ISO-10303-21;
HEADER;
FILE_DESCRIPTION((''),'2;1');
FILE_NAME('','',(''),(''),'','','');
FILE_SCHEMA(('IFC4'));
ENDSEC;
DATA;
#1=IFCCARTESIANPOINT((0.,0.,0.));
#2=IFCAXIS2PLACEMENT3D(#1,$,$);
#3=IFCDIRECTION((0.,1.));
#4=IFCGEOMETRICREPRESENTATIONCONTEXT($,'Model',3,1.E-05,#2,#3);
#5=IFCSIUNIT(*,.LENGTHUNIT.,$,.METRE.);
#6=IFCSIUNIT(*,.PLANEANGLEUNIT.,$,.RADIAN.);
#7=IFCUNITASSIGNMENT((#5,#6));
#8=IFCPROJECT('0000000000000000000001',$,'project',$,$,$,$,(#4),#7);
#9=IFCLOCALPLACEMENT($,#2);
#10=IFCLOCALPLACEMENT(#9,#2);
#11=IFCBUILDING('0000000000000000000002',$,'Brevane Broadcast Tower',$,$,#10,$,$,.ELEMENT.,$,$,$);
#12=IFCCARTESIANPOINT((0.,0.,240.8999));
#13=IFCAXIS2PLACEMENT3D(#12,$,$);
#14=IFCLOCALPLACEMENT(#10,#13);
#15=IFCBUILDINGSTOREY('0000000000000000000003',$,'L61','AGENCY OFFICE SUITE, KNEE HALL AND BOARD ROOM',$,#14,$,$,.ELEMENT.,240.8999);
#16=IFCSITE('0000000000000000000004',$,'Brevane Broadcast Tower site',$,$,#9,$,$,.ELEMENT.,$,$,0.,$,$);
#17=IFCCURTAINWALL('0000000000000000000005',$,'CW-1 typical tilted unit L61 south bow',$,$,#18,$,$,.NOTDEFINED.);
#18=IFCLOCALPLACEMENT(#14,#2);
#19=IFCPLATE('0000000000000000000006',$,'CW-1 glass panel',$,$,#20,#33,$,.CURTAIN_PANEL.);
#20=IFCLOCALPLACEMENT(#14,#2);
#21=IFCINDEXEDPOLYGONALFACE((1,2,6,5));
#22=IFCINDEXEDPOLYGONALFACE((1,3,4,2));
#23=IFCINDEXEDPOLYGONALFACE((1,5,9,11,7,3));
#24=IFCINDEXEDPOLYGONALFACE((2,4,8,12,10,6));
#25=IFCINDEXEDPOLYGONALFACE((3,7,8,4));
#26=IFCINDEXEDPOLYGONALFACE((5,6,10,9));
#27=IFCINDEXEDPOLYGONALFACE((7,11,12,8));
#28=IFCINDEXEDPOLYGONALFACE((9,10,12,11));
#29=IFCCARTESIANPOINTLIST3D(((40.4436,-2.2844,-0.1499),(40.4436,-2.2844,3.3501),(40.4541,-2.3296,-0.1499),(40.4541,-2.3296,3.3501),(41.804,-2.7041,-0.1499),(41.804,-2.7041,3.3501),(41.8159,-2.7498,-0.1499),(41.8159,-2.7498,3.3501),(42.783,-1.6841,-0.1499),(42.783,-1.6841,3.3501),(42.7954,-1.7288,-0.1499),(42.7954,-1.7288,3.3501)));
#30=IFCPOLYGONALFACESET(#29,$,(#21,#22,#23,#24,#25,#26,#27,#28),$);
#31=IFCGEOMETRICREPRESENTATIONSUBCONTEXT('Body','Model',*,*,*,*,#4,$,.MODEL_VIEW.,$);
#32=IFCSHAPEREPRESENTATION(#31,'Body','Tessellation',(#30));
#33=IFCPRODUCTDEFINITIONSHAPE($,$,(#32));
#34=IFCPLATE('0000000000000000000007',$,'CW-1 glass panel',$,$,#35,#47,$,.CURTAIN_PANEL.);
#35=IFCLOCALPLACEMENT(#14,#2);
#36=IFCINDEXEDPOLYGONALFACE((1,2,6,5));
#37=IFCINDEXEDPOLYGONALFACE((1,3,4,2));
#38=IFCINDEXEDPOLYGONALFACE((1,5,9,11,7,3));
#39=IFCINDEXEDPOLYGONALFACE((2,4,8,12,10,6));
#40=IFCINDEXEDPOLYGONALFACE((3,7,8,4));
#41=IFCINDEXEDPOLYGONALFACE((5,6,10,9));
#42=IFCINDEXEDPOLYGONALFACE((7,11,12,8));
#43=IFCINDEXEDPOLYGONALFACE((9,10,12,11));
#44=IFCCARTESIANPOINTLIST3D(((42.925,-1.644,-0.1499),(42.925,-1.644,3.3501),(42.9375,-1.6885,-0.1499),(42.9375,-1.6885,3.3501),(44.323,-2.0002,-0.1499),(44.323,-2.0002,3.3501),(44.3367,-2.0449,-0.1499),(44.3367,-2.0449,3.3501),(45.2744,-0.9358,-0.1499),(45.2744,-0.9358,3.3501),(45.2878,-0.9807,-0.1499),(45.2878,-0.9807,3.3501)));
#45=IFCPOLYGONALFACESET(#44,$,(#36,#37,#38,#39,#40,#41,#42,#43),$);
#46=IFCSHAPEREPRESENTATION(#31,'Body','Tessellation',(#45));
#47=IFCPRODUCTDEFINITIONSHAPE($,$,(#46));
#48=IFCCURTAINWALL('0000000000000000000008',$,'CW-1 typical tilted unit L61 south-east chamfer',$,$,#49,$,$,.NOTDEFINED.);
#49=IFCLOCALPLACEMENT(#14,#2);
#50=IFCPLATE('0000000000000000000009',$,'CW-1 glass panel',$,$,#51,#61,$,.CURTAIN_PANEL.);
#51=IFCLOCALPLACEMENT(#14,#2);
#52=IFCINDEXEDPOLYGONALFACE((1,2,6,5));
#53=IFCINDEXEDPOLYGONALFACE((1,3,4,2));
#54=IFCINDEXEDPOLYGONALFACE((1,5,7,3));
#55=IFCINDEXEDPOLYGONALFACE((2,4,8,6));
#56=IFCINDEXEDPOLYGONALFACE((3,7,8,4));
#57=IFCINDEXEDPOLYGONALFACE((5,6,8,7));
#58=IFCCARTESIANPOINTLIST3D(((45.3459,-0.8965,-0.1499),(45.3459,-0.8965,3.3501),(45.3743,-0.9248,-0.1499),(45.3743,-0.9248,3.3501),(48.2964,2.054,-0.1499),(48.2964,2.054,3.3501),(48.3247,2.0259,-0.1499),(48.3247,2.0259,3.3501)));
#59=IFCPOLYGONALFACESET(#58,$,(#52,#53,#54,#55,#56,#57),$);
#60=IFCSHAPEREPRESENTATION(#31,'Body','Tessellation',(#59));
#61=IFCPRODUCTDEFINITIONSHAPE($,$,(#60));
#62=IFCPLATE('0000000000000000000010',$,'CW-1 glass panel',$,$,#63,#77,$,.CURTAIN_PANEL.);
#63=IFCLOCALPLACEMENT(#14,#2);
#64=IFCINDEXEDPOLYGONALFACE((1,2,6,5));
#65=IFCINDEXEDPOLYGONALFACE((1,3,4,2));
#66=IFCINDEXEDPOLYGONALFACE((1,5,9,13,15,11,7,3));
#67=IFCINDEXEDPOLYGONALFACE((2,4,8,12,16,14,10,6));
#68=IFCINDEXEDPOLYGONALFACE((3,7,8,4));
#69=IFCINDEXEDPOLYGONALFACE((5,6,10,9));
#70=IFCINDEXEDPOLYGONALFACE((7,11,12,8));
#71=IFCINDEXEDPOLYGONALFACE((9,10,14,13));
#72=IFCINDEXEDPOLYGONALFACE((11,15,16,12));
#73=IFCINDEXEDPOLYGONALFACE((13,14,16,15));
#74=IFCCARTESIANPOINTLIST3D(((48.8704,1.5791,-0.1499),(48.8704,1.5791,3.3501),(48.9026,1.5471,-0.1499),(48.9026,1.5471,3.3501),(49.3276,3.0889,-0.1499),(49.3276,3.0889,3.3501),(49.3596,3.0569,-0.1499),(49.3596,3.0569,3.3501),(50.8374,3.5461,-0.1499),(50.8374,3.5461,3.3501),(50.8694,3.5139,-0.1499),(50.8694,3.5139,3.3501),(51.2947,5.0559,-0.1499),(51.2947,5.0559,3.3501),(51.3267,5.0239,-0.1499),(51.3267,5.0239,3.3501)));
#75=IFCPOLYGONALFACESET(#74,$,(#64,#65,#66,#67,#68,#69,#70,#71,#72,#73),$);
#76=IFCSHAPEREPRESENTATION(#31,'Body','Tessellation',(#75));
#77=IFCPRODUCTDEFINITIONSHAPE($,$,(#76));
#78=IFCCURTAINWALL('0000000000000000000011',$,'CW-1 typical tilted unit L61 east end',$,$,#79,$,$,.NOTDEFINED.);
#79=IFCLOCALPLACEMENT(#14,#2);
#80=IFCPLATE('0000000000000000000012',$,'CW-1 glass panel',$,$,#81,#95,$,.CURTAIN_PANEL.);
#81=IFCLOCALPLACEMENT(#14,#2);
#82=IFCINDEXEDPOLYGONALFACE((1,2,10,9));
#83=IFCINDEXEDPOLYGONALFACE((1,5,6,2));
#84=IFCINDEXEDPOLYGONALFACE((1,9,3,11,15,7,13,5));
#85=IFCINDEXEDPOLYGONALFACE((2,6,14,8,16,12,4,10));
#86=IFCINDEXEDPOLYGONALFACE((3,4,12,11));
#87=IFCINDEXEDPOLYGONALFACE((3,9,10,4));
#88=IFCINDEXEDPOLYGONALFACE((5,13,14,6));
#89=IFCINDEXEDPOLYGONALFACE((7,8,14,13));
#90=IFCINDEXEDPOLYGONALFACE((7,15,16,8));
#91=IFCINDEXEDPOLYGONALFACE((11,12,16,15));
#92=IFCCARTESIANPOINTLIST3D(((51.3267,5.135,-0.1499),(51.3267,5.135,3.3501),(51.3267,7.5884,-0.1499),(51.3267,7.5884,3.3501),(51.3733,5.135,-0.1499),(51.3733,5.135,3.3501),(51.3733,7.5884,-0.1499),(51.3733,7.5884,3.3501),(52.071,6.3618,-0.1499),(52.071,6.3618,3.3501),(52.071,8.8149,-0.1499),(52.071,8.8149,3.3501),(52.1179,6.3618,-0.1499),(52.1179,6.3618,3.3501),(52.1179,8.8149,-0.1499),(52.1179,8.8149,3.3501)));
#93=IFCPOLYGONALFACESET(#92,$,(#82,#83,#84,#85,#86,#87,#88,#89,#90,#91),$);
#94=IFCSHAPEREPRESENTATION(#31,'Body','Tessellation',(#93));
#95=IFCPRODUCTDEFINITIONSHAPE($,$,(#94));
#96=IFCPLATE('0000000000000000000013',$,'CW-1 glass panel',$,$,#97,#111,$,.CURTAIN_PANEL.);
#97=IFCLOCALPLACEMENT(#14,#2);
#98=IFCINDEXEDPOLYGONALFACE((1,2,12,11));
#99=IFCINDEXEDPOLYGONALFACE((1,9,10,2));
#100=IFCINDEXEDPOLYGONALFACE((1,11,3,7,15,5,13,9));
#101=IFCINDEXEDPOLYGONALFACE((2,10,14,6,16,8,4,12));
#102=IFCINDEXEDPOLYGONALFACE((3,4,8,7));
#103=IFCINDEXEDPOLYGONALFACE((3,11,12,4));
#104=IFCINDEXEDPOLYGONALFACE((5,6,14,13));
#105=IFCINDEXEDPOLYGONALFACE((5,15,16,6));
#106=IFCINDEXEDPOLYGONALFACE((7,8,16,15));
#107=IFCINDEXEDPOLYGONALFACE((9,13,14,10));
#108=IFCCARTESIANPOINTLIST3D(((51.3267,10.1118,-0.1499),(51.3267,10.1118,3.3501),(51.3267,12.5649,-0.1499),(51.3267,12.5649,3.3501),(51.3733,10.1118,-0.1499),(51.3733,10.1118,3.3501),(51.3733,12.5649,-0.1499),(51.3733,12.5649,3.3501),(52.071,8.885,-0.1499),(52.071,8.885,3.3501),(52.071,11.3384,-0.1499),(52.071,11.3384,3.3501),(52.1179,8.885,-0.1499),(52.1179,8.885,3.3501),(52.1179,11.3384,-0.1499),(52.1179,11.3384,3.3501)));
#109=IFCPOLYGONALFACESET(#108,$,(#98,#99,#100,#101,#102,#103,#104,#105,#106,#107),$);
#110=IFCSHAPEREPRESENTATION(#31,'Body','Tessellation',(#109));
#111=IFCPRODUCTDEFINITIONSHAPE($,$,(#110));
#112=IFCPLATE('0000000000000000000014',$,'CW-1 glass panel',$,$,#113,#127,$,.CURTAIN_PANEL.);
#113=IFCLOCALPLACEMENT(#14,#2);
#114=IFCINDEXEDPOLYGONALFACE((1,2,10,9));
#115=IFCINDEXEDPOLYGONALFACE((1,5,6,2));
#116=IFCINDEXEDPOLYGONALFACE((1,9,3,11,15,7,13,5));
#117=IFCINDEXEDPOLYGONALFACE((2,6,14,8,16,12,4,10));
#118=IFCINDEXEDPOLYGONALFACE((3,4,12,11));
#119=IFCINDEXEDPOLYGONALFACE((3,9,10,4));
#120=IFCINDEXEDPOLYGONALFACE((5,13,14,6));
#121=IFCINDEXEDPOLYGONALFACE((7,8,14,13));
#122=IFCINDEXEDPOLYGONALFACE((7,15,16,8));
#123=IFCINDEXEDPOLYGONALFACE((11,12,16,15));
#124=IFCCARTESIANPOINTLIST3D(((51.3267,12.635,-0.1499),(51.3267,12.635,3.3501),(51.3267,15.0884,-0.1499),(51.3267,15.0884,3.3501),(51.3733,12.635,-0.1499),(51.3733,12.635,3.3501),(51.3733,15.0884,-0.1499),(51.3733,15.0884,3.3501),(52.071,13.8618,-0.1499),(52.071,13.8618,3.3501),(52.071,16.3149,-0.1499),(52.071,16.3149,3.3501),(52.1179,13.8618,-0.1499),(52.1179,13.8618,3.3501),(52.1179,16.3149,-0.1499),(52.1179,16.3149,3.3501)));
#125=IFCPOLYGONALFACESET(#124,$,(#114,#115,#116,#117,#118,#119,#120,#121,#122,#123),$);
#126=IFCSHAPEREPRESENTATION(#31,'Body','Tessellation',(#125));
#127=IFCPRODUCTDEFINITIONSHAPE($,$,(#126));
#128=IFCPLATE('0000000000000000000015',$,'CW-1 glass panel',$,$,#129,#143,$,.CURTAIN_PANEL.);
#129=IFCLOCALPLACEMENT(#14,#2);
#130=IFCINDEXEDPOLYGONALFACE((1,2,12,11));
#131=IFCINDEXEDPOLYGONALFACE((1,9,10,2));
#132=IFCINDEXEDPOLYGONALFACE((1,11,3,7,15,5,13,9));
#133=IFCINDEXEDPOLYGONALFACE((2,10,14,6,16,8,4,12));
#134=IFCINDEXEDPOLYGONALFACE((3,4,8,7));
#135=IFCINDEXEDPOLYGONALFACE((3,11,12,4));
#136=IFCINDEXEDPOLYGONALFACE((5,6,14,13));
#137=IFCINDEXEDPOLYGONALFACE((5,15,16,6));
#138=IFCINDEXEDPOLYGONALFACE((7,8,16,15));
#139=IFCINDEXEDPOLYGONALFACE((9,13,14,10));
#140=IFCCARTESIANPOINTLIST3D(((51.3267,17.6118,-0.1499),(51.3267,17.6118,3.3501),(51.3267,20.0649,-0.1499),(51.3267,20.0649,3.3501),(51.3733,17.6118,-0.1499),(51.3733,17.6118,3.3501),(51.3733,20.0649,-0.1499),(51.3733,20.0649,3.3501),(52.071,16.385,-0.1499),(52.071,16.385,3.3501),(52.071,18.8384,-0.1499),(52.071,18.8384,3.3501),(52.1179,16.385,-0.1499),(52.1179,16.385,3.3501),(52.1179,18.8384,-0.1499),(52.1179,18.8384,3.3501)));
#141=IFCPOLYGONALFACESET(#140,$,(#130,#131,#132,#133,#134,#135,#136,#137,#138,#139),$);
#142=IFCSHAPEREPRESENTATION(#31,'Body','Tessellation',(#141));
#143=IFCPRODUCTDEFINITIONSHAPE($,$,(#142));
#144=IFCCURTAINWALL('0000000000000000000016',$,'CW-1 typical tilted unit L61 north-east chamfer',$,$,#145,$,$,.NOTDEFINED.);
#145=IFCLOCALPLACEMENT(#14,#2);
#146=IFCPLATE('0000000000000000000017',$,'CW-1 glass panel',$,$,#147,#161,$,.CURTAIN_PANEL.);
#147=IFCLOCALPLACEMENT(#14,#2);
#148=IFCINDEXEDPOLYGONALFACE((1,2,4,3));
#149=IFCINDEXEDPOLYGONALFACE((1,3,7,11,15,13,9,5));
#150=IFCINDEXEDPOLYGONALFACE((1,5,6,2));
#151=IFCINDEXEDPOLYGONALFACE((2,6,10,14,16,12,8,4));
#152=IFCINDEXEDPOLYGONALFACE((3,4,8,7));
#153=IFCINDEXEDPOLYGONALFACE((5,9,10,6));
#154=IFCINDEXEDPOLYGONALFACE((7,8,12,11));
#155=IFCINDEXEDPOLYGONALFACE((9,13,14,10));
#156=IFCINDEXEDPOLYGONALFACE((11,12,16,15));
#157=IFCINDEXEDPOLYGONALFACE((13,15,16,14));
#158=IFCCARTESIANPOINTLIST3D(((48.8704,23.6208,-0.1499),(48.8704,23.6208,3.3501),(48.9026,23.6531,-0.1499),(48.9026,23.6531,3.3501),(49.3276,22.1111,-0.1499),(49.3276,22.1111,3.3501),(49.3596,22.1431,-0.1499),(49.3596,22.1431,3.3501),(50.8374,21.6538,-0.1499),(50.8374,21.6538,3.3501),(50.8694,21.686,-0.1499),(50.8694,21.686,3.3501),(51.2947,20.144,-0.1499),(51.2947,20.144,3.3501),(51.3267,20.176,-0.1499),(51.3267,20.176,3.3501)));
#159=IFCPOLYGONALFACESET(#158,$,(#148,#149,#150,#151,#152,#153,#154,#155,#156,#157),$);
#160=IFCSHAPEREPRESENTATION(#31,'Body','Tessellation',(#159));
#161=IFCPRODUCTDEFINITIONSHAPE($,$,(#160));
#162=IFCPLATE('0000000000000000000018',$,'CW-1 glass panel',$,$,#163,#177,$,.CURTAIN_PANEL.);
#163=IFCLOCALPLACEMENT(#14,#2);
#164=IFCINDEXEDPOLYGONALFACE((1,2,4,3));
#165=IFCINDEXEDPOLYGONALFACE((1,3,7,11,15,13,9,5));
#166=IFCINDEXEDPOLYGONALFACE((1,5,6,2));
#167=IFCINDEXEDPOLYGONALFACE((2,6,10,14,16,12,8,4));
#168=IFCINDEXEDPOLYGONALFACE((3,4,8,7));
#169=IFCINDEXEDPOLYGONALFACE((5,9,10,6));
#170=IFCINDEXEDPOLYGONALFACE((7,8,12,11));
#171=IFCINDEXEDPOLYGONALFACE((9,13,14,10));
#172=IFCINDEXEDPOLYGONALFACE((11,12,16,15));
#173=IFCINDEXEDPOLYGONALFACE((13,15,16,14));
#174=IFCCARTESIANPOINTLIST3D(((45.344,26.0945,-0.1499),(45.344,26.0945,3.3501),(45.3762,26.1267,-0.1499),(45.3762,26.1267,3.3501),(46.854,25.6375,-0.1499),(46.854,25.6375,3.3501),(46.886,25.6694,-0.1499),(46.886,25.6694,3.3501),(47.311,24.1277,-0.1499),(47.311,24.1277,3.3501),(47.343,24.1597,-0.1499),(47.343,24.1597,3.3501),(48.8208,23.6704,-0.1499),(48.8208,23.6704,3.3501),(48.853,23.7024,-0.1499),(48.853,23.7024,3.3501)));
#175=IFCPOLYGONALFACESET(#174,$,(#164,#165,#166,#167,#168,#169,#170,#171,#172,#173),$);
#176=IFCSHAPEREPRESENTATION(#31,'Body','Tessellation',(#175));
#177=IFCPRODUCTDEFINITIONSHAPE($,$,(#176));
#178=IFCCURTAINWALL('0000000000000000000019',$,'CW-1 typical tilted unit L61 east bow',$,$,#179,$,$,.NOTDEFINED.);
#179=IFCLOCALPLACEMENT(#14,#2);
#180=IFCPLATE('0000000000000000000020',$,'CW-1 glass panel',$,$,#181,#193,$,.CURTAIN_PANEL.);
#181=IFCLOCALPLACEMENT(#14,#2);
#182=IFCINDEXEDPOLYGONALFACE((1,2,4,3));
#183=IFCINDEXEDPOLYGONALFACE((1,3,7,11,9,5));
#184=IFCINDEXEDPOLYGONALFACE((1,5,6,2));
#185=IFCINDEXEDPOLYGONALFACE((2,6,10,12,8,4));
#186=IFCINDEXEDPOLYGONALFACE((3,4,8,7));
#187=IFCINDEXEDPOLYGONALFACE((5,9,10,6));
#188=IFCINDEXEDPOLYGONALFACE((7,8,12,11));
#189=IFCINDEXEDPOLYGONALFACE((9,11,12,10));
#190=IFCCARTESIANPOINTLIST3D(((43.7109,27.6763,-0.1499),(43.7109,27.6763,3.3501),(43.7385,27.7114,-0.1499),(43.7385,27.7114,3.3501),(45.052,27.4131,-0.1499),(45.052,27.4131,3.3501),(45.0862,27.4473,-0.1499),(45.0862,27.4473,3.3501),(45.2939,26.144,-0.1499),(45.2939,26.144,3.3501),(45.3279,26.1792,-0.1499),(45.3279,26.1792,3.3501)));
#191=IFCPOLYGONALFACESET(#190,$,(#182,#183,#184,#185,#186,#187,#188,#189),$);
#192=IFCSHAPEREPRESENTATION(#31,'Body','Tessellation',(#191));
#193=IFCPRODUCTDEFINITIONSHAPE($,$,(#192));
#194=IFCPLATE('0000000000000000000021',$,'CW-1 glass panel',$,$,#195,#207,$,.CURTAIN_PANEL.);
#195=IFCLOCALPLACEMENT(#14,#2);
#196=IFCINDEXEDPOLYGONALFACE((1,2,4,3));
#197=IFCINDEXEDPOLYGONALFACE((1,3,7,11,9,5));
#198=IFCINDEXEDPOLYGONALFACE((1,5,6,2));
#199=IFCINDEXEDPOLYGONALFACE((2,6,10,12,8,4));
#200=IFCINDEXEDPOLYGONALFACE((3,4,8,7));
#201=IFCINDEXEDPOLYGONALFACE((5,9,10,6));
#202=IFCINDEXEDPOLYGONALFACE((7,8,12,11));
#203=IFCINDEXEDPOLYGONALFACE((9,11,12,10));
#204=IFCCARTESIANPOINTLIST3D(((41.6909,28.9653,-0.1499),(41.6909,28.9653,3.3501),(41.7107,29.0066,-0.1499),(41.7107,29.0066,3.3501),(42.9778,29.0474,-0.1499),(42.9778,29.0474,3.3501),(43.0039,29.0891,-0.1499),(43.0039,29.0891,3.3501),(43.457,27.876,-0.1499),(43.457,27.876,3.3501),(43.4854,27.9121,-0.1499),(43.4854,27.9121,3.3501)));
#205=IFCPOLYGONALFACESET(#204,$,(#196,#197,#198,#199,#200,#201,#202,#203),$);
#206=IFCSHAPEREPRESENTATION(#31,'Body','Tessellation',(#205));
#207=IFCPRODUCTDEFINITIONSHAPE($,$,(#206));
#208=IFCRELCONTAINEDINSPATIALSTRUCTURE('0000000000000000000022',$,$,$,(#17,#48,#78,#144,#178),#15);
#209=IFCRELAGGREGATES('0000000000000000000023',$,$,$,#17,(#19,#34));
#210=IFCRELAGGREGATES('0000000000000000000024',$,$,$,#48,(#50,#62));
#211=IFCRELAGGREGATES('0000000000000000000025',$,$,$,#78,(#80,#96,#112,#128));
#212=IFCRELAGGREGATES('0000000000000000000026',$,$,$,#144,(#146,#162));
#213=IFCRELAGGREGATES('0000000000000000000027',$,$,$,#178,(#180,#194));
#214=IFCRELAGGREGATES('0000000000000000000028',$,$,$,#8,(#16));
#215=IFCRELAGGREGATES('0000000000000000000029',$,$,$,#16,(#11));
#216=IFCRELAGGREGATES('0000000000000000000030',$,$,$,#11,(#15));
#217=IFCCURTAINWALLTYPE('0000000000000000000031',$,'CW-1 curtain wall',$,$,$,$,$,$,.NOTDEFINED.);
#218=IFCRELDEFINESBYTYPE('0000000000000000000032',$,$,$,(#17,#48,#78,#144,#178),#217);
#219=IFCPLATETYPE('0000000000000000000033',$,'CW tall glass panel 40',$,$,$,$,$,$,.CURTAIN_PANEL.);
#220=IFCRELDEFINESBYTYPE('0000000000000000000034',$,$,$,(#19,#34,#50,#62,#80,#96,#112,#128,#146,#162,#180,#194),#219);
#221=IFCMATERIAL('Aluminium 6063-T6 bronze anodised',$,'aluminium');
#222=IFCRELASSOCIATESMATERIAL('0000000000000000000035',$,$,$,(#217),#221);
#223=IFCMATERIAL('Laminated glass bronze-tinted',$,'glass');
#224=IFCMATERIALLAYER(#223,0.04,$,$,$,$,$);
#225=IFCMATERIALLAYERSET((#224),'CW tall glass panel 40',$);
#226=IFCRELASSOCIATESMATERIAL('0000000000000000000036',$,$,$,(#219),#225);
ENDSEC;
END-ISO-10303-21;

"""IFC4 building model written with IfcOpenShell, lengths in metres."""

from ifc_helpers import new_model, si_unit, direction, frame, origin, place, context, subcontext, project, spatial, polyline, outline, extrude, material, layer, layer_set, type_object, element, aggregate, save


model = new_model("IFC4")

# Units and contexts
model_context = context("Model", 3, precision=1e-05, world=origin(), true_north=direction((0.0, 1.0)))
body_context = subcontext(model_context, "Body", "Model", "MODEL_VIEW")
ifc_project = project(units=[si_unit("LENGTHUNIT", "METRE"), si_unit("PLANEANGLEUNIT", "RADIAN")], contexts=[model_context])

# Site, building, storey
site_placement = place(None, origin())
site = spatial("IfcSite", under=ifc_project, at=site_placement, Name="Brevane Broadcast Tower site", CompositionType="ELEMENT", RefElevation=0.0)
building_placement = place(site_placement, origin())
building = spatial("IfcBuilding", under=site, at=building_placement, Name="Brevane Broadcast Tower", CompositionType="ELEMENT")
storey_placement = place(building_placement, frame((0.0, 0.0, 240.8999)))
storey = spatial("IfcBuildingStorey", under=building, at=storey_placement, Name="L61", Description="AGENCY OFFICE SUITE, KNEE HALL AND BOARD ROOM", CompositionType="ELEMENT", Elevation=240.8999)

# Curtain walls, plates
ifc_material_1 = material(Name="Aluminium 6063-T6 bronze anodised", Category="aluminium")
curtain_wall_type = type_object("IfcCurtainWallType", Name="CW-1 curtain wall", PredefinedType="NOTDEFINED", material=ifc_material_1)
curtain_wall_1_placement = place(storey_placement, origin())
curtain_wall_1 = element("IfcCurtainWall", 1, at=curtain_wall_1_placement, inside=storey, type_object=curtain_wall_type, Name="CW-1 typical tilted unit L61 south bow", PredefinedType="NOTDEFINED")
ifc_material_2 = material(Name="Laminated glass bronze-tinted", Category="glass")
ifc_layer = layer(ifc_material_2, 0.04)
ifc_layer_set = layer_set([ifc_layer], Name="CW tall glass panel 40")
plate_type = type_object("IfcPlateType", Name="CW tall glass panel 40", PredefinedType="CURTAIN_PANEL", material=ifc_layer_set)
plate_1_placement = place(storey_placement, frame((0.0, 0.0, -0.1499)))
plate_1 = element("IfcPlate", 2, at=plate_1_placement, type_object=plate_type, Name="CW-1 glass panel", PredefinedType="CURTAIN_PANEL", context=body_context, shape_type="SweptSolid", body=[
    extrude(outline(polyline([(40.4436, -2.2844), (40.4541, -2.3296), (41.8159, -2.7498), (42.7954, -1.7288), (42.783, -1.6841), (41.804, -2.7041), (40.4436, -2.2844)])), origin(), (0.0, 0.0, 1.0), 3.5),
])
plate_2_placement = place(storey_placement, frame((0.0, 0.0, -0.1499)))
plate_2 = element("IfcPlate", 3, at=plate_2_placement, type_object=plate_type, Name="CW-1 glass panel", PredefinedType="CURTAIN_PANEL", context=body_context, shape_type="SweptSolid", body=[
    extrude(outline(polyline([(42.925, -1.644), (42.9375, -1.6885), (44.3367, -2.0449), (45.2878, -0.9807), (45.2744, -0.9358), (44.323, -2.0002), (42.925, -1.644)])), origin(), (0.0, 0.0, 1.0), 3.5),
])
aggregate(curtain_wall_1, [plate_1, plate_2])
curtain_wall_2_placement = place(storey_placement, origin())
curtain_wall_2 = element("IfcCurtainWall", 4, at=curtain_wall_2_placement, inside=storey, type_object=curtain_wall_type, Name="CW-1 typical tilted unit L61 south-east chamfer", PredefinedType="NOTDEFINED")
plate_3_placement = place(storey_placement, frame((0.0, 0.0, -0.1499)))
plate_3 = element("IfcPlate", 5, at=plate_3_placement, type_object=plate_type, Name="CW-1 glass panel", PredefinedType="CURTAIN_PANEL", context=body_context, shape_type="SweptSolid", body=[
    extrude(outline(polyline([(45.3459, -0.8965), (48.2964, 2.054), (48.3247, 2.0259), (45.3743, -0.9248), (45.3459, -0.8965)])), origin(), (0.0, 0.0, 1.0), 3.5),
])
plate_4_placement = place(storey_placement, frame((0.0, 0.0, -0.1499)))
plate_4 = element("IfcPlate", 6, at=plate_4_placement, type_object=plate_type, Name="CW-1 glass panel", PredefinedType="CURTAIN_PANEL", context=body_context, shape_type="SweptSolid", body=[
    extrude(outline(polyline([(48.8704, 1.5791), (48.9026, 1.5471), (49.3596, 3.0569), (50.8694, 3.5139), (51.3267, 5.0239), (51.2947, 5.0559), (50.8374, 3.5461), (49.3276, 3.0889), (48.8704, 1.5791)])), origin(), (0.0, 0.0, 1.0), 3.5),
])
aggregate(curtain_wall_2, [plate_3, plate_4])
curtain_wall_3_placement = place(storey_placement, origin())
curtain_wall_3 = element("IfcCurtainWall", 7, at=curtain_wall_3_placement, inside=storey, type_object=curtain_wall_type, Name="CW-1 typical tilted unit L61 east end", PredefinedType="NOTDEFINED")
plate_5_placement = place(storey_placement, frame((0.0, 0.0, -0.1499)))
plate_5 = element("IfcPlate", 8, at=plate_5_placement, type_object=plate_type, Name="CW-1 glass panel", PredefinedType="CURTAIN_PANEL", context=body_context, shape_type="SweptSolid", body=[
    extrude(outline(polyline([(51.3267, 5.135), (51.3733, 5.135), (52.1179, 6.3618), (51.3733, 7.5884), (52.1179, 8.8149), (52.071, 8.8149), (51.3267, 7.5884), (52.071, 6.3618), (51.3267, 5.135)])), origin(), (0.0, 0.0, 1.0), 3.5),
])
plate_6_placement = place(storey_placement, frame((0.0, 0.0, -0.1499)))
plate_6 = element("IfcPlate", 9, at=plate_6_placement, type_object=plate_type, Name="CW-1 glass panel", PredefinedType="CURTAIN_PANEL", context=body_context, shape_type="SweptSolid", body=[
    extrude(outline(polyline([(52.071, 8.885), (52.1179, 8.885), (51.3733, 10.1118), (52.1179, 11.3384), (51.3733, 12.5649), (51.3267, 12.5649), (52.071, 11.3384), (51.3267, 10.1118), (52.071, 8.885)])), origin(), (0.0, 0.0, 1.0), 3.5),
])
plate_7_placement = place(storey_placement, frame((0.0, 0.0, -0.1499)))
plate_7 = element("IfcPlate", 10, at=plate_7_placement, type_object=plate_type, Name="CW-1 glass panel", PredefinedType="CURTAIN_PANEL", context=body_context, shape_type="SweptSolid", body=[
    extrude(outline(polyline([(51.3267, 12.635), (51.3733, 12.635), (52.1179, 13.8618), (51.3733, 15.0884), (52.1179, 16.3149), (52.071, 16.3149), (51.3267, 15.0884), (52.071, 13.8618), (51.3267, 12.635)])), origin(), (0.0, 0.0, 1.0), 3.5),
])
plate_8_placement = place(storey_placement, frame((0.0, 0.0, -0.1499)))
plate_8 = element("IfcPlate", 11, at=plate_8_placement, type_object=plate_type, Name="CW-1 glass panel", PredefinedType="CURTAIN_PANEL", context=body_context, shape_type="SweptSolid", body=[
    extrude(outline(polyline([(52.071, 16.385), (52.1179, 16.385), (51.3733, 17.6118), (52.1179, 18.8384), (51.3733, 20.0649), (51.3267, 20.0649), (52.071, 18.8384), (51.3267, 17.6118), (52.071, 16.385)])), origin(), (0.0, 0.0, 1.0), 3.5),
])
aggregate(curtain_wall_3, [plate_5, plate_6, plate_7, plate_8])
curtain_wall_4_placement = place(storey_placement, origin())
curtain_wall_4 = element("IfcCurtainWall", 12, at=curtain_wall_4_placement, inside=storey, type_object=curtain_wall_type, Name="CW-1 typical tilted unit L61 north-east chamfer", PredefinedType="NOTDEFINED")
plate_9_placement = place(storey_placement, frame((0.0, 0.0, -0.1499)))
plate_9 = element("IfcPlate", 13, at=plate_9_placement, type_object=plate_type, Name="CW-1 glass panel", PredefinedType="CURTAIN_PANEL", context=body_context, shape_type="SweptSolid", body=[
    extrude(outline(polyline([(51.2947, 20.144), (51.3267, 20.176), (50.8694, 21.686), (49.3596, 22.1431), (48.9026, 23.6531), (48.8704, 23.6208), (49.3276, 22.1111), (50.8374, 21.6538), (51.2947, 20.144)])), origin(), (0.0, 0.0, 1.0), 3.5),
])
plate_10_placement = place(storey_placement, frame((0.0, 0.0, -0.1499)))
plate_10 = element("IfcPlate", 14, at=plate_10_placement, type_object=plate_type, Name="CW-1 glass panel", PredefinedType="CURTAIN_PANEL", context=body_context, shape_type="SweptSolid", body=[
    extrude(outline(polyline([(48.8208, 23.6704), (48.853, 23.7024), (47.343, 24.1597), (46.886, 25.6694), (45.3762, 26.1267), (45.344, 26.0945), (46.854, 25.6375), (47.311, 24.1277), (48.8208, 23.6704)])), origin(), (0.0, 0.0, 1.0), 3.5),
])
aggregate(curtain_wall_4, [plate_9, plate_10])
curtain_wall_5_placement = place(storey_placement, origin())
curtain_wall_5 = element("IfcCurtainWall", 15, at=curtain_wall_5_placement, inside=storey, type_object=curtain_wall_type, Name="CW-1 typical tilted unit L61 east bow", PredefinedType="NOTDEFINED")
plate_11_placement = place(storey_placement, frame((0.0, 0.0, -0.1499)))
plate_11 = element("IfcPlate", 16, at=plate_11_placement, type_object=plate_type, Name="CW-1 glass panel", PredefinedType="CURTAIN_PANEL", context=body_context, shape_type="SweptSolid", body=[
    extrude(outline(polyline([(45.2939, 26.144), (45.3279, 26.1792), (45.0862, 27.4473), (43.7385, 27.7114), (43.7109, 27.6763), (45.052, 27.4131), (45.2939, 26.144)])), origin(), (0.0, 0.0, 1.0), 3.5),
])
plate_12_placement = place(storey_placement, frame((0.0, 0.0, -0.1499)))
plate_12 = element("IfcPlate", 17, at=plate_12_placement, type_object=plate_type, Name="CW-1 glass panel", PredefinedType="CURTAIN_PANEL", context=body_context, shape_type="SweptSolid", body=[
    extrude(outline(polyline([(43.457, 27.876), (43.4854, 27.9121), (43.0039, 29.0891), (41.7107, 29.0066), (41.6909, 28.9653), (42.9778, 29.0474), (43.457, 27.876)])), origin(), (0.0, 0.0, 1.0), 3.5),
])
aggregate(curtain_wall_5, [plate_11, plate_12])

save(model, "model.ifc")
